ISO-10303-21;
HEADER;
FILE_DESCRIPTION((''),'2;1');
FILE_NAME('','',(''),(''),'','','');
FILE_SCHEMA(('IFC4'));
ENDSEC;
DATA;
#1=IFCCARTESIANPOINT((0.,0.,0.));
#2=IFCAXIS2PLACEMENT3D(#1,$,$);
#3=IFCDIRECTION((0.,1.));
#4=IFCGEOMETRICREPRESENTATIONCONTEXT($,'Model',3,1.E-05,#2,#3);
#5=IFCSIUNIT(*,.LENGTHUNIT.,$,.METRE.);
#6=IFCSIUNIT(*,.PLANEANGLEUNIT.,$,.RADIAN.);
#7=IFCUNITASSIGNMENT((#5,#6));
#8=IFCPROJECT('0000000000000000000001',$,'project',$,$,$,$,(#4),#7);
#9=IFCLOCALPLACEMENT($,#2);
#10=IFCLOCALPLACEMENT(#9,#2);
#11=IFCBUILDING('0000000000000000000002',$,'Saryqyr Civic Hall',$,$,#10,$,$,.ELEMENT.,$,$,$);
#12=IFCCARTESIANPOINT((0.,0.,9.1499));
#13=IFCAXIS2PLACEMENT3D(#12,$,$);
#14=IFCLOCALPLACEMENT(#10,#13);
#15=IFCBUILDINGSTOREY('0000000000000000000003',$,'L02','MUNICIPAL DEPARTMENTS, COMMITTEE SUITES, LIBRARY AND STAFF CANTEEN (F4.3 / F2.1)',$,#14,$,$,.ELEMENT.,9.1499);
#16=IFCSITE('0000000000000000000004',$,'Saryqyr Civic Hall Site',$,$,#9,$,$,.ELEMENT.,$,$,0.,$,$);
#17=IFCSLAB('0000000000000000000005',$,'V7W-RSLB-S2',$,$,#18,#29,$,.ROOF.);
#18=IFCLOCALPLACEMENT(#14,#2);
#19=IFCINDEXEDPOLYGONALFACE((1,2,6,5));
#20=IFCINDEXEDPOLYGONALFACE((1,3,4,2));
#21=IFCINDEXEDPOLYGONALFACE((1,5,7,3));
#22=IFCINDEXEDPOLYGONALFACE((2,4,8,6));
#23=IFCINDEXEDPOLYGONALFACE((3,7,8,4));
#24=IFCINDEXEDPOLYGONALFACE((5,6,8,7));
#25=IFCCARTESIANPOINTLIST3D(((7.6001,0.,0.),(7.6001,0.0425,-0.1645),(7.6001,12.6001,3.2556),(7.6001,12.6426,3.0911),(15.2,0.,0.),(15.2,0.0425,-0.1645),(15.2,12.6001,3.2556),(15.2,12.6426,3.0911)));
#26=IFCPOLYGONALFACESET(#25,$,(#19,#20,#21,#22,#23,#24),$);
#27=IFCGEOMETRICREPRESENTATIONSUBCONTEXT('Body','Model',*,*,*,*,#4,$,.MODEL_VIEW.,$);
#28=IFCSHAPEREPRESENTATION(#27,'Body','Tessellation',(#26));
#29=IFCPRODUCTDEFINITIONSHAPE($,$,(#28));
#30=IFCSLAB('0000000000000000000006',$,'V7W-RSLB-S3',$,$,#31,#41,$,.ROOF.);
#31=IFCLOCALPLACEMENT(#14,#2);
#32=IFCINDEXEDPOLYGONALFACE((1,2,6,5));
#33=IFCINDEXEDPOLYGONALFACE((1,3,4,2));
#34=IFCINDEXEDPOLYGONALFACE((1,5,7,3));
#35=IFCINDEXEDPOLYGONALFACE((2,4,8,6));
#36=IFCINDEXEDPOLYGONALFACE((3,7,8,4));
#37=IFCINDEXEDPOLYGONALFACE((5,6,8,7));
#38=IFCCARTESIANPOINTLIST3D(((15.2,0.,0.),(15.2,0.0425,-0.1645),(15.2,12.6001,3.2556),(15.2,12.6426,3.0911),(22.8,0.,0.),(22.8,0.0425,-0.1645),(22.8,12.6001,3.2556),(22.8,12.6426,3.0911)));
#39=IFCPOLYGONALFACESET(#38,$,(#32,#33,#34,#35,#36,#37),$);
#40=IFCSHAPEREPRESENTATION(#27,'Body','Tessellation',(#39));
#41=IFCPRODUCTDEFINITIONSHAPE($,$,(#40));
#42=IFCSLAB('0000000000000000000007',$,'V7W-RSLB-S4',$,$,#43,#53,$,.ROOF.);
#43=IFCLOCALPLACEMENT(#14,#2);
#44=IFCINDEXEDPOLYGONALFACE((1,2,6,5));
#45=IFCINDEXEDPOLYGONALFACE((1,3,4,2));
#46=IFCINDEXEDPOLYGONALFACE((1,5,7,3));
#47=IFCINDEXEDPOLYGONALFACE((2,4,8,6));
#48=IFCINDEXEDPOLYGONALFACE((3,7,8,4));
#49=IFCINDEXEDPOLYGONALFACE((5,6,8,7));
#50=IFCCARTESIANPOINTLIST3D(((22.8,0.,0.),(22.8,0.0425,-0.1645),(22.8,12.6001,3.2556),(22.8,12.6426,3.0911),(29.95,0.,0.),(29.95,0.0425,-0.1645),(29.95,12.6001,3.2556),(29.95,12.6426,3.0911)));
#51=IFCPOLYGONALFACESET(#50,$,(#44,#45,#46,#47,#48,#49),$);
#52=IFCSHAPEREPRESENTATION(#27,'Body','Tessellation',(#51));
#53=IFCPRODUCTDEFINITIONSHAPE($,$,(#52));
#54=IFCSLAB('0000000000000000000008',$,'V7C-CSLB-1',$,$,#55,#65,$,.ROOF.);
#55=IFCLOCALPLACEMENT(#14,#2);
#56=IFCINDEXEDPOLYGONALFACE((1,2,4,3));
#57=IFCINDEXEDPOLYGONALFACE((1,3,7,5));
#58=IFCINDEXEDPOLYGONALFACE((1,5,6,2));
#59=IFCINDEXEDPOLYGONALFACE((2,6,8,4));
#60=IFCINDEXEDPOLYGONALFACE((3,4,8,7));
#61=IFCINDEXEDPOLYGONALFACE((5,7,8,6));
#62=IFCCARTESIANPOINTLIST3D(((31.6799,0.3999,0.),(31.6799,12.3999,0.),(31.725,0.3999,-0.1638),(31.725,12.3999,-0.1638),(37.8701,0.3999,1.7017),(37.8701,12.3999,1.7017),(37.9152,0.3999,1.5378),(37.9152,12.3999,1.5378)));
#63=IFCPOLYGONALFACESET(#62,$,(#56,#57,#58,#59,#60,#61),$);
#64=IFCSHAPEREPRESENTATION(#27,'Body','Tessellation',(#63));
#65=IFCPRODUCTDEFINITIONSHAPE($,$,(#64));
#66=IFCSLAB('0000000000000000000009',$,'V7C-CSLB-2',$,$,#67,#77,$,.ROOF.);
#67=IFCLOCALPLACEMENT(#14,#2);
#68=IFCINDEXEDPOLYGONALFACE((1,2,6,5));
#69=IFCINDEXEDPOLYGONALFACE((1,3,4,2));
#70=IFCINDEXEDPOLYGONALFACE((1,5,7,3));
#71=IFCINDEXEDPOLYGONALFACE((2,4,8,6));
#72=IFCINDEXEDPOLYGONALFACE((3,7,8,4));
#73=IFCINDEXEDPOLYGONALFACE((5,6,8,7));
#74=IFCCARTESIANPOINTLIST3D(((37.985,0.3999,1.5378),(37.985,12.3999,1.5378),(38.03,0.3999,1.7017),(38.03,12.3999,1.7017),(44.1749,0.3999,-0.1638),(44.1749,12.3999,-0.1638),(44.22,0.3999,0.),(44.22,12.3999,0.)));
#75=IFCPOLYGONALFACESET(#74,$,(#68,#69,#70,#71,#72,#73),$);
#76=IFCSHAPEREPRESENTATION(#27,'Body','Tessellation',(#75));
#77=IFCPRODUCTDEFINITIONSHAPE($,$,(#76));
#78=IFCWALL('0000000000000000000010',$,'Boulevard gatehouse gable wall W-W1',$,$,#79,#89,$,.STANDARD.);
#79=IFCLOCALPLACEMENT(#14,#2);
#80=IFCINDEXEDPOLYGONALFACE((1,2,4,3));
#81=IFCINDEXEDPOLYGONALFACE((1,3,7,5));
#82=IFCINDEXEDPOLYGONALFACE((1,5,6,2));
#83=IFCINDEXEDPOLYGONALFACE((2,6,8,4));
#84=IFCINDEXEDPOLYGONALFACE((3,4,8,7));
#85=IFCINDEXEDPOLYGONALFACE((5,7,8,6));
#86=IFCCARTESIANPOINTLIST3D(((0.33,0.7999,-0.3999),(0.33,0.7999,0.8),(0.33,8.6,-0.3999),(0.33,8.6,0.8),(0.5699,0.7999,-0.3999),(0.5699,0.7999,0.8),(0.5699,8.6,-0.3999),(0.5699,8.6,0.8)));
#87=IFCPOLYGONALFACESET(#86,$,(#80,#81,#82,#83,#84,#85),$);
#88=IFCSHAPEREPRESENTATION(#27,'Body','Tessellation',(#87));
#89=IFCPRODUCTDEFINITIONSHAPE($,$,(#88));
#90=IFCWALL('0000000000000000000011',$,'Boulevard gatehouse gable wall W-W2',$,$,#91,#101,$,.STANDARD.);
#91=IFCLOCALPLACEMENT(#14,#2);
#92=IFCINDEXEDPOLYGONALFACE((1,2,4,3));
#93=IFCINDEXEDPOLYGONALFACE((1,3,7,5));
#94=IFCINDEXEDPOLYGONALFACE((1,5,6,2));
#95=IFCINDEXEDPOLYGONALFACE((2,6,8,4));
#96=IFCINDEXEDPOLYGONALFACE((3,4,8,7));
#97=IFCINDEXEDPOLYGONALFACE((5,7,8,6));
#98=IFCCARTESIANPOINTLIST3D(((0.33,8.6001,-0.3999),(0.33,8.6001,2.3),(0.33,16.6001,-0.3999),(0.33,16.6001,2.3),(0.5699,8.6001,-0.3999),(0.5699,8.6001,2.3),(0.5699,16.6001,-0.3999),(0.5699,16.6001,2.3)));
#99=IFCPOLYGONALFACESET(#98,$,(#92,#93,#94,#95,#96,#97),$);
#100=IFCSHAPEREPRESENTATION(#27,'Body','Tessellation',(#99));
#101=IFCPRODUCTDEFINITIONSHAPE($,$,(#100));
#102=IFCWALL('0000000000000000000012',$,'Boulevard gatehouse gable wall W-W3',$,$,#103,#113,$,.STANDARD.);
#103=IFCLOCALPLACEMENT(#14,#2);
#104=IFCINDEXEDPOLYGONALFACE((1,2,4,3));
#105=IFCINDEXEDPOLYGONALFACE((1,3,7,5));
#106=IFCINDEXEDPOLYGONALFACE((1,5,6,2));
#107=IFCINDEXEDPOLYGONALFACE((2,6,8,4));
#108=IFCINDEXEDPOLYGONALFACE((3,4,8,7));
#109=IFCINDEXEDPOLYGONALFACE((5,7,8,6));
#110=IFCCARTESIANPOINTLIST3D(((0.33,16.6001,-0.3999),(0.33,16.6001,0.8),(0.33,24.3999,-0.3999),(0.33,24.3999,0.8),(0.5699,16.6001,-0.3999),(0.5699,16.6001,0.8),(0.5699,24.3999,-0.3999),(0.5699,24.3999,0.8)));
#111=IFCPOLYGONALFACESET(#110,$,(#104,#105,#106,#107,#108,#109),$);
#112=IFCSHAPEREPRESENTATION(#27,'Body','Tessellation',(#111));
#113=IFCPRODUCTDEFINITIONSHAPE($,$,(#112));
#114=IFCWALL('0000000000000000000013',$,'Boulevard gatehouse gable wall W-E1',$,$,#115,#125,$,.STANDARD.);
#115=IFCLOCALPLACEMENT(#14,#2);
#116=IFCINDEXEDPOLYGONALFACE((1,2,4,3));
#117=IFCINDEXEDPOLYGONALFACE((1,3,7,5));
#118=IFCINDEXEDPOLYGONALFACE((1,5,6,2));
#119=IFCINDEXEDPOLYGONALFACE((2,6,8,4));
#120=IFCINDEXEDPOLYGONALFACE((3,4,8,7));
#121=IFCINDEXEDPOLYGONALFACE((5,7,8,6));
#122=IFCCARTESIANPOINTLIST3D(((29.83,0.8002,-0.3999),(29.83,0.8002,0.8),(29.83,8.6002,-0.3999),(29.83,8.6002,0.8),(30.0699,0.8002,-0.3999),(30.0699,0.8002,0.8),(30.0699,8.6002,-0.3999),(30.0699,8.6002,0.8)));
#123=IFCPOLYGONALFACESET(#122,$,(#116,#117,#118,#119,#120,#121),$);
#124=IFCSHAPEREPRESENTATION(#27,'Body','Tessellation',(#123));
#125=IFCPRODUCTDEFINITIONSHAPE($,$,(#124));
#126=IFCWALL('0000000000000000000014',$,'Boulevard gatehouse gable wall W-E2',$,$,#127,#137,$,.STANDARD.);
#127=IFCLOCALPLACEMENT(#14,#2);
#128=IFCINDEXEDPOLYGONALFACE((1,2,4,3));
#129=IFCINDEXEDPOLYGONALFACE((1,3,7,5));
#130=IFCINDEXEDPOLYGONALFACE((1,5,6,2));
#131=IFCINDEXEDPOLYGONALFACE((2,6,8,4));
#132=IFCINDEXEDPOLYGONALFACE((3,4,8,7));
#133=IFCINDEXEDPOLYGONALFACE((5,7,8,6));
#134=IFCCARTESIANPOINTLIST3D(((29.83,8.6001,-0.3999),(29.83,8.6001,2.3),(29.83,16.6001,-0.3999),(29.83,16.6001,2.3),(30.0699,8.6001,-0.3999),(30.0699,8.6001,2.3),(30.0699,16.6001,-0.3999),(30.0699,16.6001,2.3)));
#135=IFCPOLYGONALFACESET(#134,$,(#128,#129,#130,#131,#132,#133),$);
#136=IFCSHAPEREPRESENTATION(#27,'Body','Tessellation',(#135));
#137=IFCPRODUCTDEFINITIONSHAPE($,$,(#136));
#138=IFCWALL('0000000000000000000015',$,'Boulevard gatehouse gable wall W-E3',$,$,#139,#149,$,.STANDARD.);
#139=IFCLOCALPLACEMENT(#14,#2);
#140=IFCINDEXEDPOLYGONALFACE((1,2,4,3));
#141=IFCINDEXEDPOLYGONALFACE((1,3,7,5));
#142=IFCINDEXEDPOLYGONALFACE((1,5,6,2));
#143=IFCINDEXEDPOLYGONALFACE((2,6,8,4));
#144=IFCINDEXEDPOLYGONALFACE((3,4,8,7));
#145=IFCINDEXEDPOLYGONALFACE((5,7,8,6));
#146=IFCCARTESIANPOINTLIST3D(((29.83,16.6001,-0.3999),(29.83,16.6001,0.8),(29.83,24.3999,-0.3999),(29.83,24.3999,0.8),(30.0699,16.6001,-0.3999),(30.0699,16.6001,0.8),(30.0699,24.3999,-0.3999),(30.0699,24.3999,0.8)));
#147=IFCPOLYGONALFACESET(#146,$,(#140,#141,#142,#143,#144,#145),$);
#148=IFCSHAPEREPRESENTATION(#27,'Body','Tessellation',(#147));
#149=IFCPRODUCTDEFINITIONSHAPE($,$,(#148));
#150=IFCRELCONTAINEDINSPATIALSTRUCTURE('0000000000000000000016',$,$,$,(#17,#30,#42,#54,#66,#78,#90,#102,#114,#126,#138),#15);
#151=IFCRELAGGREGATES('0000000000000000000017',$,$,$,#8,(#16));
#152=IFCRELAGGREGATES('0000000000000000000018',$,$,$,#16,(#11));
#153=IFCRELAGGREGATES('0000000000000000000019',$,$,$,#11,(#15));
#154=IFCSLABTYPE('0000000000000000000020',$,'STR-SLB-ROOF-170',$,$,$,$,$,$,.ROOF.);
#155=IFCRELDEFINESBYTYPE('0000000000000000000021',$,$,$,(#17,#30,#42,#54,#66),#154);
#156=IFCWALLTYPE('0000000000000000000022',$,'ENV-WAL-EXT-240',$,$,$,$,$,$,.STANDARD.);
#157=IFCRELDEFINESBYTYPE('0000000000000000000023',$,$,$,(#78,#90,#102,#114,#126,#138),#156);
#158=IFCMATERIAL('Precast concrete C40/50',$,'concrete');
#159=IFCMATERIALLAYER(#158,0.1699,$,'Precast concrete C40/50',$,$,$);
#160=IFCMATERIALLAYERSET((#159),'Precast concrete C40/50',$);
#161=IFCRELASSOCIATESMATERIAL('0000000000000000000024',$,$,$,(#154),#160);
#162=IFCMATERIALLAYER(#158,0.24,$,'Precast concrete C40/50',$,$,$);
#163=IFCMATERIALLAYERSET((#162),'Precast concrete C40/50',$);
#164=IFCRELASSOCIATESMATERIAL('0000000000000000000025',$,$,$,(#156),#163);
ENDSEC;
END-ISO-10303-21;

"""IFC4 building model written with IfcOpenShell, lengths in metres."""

from ifc_helpers import new_model, si_unit, direction, frame, frame_2d, origin, place, context, subcontext, project, spatial, polyline, rectangle, outline, extrude, material, layer, layer_set, type_object, element, save


model = new_model("IFC4")

# Units and contexts
model_context = context("Model", 3, precision=1e-05, world=origin(), true_north=direction((0.0, 1.0)))
body_context = subcontext(model_context, "Body", "Model", "MODEL_VIEW")
ifc_project = project(units=[si_unit("LENGTHUNIT", "METRE"), si_unit("PLANEANGLEUNIT", "RADIAN")], contexts=[model_context])

# Site, building, storey
site_placement = place(None, origin())
site = spatial("IfcSite", under=ifc_project, at=site_placement, Name="Saryqyr Civic Hall Site", CompositionType="ELEMENT", RefElevation=0.0)
building_placement = place(site_placement, origin())
building = spatial("IfcBuilding", under=site, at=building_placement, Name="Saryqyr Civic Hall", CompositionType="ELEMENT")
storey_placement = place(building_placement, frame((0.0, 0.0, 9.1499)))
storey = spatial("IfcBuildingStorey", under=building, at=storey_placement, Name="L02", Description="MUNICIPAL DEPARTMENTS, COMMITTEE SUITES, LIBRARY AND STAFF CANTEEN (F4.3 / F2.1)", CompositionType="ELEMENT", Elevation=9.1499)

# Slabs
ifc_material_1 = material(Name="Precast concrete C40/50", Category="concrete")
ifc_layer_1 = layer(ifc_material_1, 0.1699, Name="Precast concrete C40/50")
ifc_layer_set_1 = layer_set([ifc_layer_1], Name="Precast concrete C40/50")
slab_type = type_object("IfcSlabType", Name="STR-SLB-ROOF-170", PredefinedType="ROOF", material=ifc_layer_set_1)
slab_1_placement = place(storey_placement, frame((7.6001, 0.0, 0.0), z_axis=(0.0, -0.250165, 0.968203), x_axis=(1.0, 0.0, 0.0)))
element("IfcSlab", 1, at=slab_1_placement, inside=storey, type_object=slab_type, Name="V7W-RSLB-S2", PredefinedType="ROOF", context=body_context, shape_type="SweptSolid", body=[
    extrude(outline(polyline([(0.0, 0.0), (7.5999, 0.0), (7.5999, 13.0139), (0.0, 13.0139), (0.0, 0.0)])), origin(), (0.0, 0.0, -1.0), 0.1699),
])
slab_2_placement = place(storey_placement, frame((15.2, 0.0, 0.0), z_axis=(0.0, -0.250165, 0.968203), x_axis=(1.0, 0.0, 0.0)))
element("IfcSlab", 2, at=slab_2_placement, inside=storey, type_object=slab_type, Name="V7W-RSLB-S3", PredefinedType="ROOF", context=body_context, shape_type="SweptSolid", body=[
    extrude(outline(polyline([(0.0, 0.0), (7.6001, 0.0), (7.6001, 13.0139), (0.0, 13.0139), (0.0, 0.0)])), origin(), (0.0, 0.0, -1.0), 0.1699),
])
slab_3_placement = place(storey_placement, frame((22.8, 0.0, 0.0), z_axis=(0.0, -0.250165, 0.968203), x_axis=(1.0, 0.0, 0.0)))
element("IfcSlab", 3, at=slab_3_placement, inside=storey, type_object=slab_type, Name="V7W-RSLB-S4", PredefinedType="ROOF", context=body_context, shape_type="SweptSolid", body=[
    extrude(outline(polyline([(0.0, 0.0), (7.1499, 0.0), (7.1499, 13.0139), (0.0, 13.0139), (0.0, 0.0)])), origin(), (0.0, 0.0, -1.0), 0.1699),
])
slab_4_placement = place(storey_placement, frame((31.6799, 0.3999, 0.0), z_axis=(-0.265064, 0.0, 0.964231), x_axis=(0.964231, 0.0, 0.265064)))
element("IfcSlab", 4, at=slab_4_placement, inside=storey, type_object=slab_type, Name="V7C-CSLB-1", PredefinedType="ROOF", context=body_context, shape_type="SweptSolid", body=[
    extrude(outline(polyline([(0.0, 0.0), (6.4198, 0.0), (6.4198, 12.0), (0.0, 12.0), (0.0, 0.0)])), origin(), (0.0, 0.0, -1.0), 0.1699),
])
slab_5_placement = place(storey_placement, frame((38.03, 0.3999, 1.7017), z_axis=(0.265073, 0.0, 0.964228), x_axis=(0.964228, 0.0, -0.265073)))
element("IfcSlab", 5, at=slab_5_placement, inside=storey, type_object=slab_type, Name="V7C-CSLB-2", PredefinedType="ROOF", context=body_context, shape_type="SweptSolid", body=[
    extrude(outline(polyline([(0.0, 0.0), (6.4196, 0.0), (6.4196, 12.0), (0.0, 12.0), (0.0, 0.0)])), origin(), (0.0, 0.0, -1.0), 0.1699),
])

# Walls
ifc_layer_2 = layer(ifc_material_1, 0.24, Name="Precast concrete C40/50")
ifc_layer_set_2 = layer_set([ifc_layer_2], Name="Precast concrete C40/50")
wall_type = type_object("IfcWallType", Name="ENV-WAL-EXT-240", PredefinedType="STANDARD", material=ifc_layer_set_2)
wall_1_placement = place(storey_placement, frame((0.45, 0.8, -0.3999), z_axis=(0.0, 0.0, 1.0), x_axis=(0.0, 1.0, 0.0)))
element("IfcWall", 6, at=wall_1_placement, inside=storey, type_object=wall_type, Name="Boulevard gatehouse gable wall W-W1", PredefinedType="STANDARD", context=body_context, shape_type="SweptSolid", body=[
    extrude(rectangle(XDim=7.8, YDim=0.24, at=frame_2d((3.8999, 0.0))), origin(), (0.0, 0.0, 1.0), 1.2),
])
wall_2_placement = place(storey_placement, frame((0.45, 8.6001, -0.3999), z_axis=(0.0, 0.0, 1.0), x_axis=(0.0, 1.0, 0.0)))
element("IfcWall", 7, at=wall_2_placement, inside=storey, type_object=wall_type, Name="Boulevard gatehouse gable wall W-W2", PredefinedType="STANDARD", context=body_context, shape_type="SweptSolid", body=[
    extrude(rectangle(XDim=8.0, YDim=0.24, at=frame_2d((4.0, 0.0))), origin(), (0.0, 0.0, 1.0), 2.7),
])
wall_3_placement = place(storey_placement, frame((0.45, 16.6001, -0.3999), z_axis=(0.0, 0.0, 1.0), x_axis=(0.0, 1.0, 0.0)))
element("IfcWall", 8, at=wall_3_placement, inside=storey, type_object=wall_type, Name="Boulevard gatehouse gable wall W-W3", PredefinedType="STANDARD", context=body_context, shape_type="SweptSolid", body=[
    extrude(rectangle(XDim=7.7998, YDim=0.24, at=frame_2d((3.8999, 0.0))), origin(), (0.0, 0.0, 1.0), 1.2),
])
wall_4_placement = place(storey_placement, frame((29.95, 8.6001, -0.3999), z_axis=(0.0, 0.0, 1.0), x_axis=(0.0, -1.0, 0.0)))
element("IfcWall", 9, at=wall_4_placement, inside=storey, type_object=wall_type, Name="Boulevard gatehouse gable wall W-E1", PredefinedType="STANDARD", context=body_context, shape_type="SweptSolid", body=[
    extrude(rectangle(XDim=7.8, YDim=0.24, at=frame_2d((3.8999, 0.0))), origin(), (0.0, 0.0, 1.0), 1.2),
])
wall_5_placement = place(storey_placement, frame((29.95, 16.6001, -0.3999), z_axis=(0.0, 0.0, 1.0), x_axis=(0.0, -1.0, 0.0)))
element("IfcWall", 10, at=wall_5_placement, inside=storey, type_object=wall_type, Name="Boulevard gatehouse gable wall W-E2", PredefinedType="STANDARD", context=body_context, shape_type="SweptSolid", body=[
    extrude(rectangle(XDim=8.0, YDim=0.24, at=frame_2d((4.0, 0.0))), origin(), (0.0, 0.0, 1.0), 2.7),
])
wall_6_placement = place(storey_placement, frame((29.95, 24.3999, -0.3999), z_axis=(0.0, 0.0, 1.0), x_axis=(0.0, -1.0, 0.0)))
element("IfcWall", 11, at=wall_6_placement, inside=storey, type_object=wall_type, Name="Boulevard gatehouse gable wall W-E3", PredefinedType="STANDARD", context=body_context, shape_type="SweptSolid", body=[
    extrude(rectangle(XDim=7.7998, YDim=0.24, at=frame_2d((3.8999, 0.0))), origin(), (0.0, 0.0, 1.0), 1.2),
])

save(model, "model.ifc")
